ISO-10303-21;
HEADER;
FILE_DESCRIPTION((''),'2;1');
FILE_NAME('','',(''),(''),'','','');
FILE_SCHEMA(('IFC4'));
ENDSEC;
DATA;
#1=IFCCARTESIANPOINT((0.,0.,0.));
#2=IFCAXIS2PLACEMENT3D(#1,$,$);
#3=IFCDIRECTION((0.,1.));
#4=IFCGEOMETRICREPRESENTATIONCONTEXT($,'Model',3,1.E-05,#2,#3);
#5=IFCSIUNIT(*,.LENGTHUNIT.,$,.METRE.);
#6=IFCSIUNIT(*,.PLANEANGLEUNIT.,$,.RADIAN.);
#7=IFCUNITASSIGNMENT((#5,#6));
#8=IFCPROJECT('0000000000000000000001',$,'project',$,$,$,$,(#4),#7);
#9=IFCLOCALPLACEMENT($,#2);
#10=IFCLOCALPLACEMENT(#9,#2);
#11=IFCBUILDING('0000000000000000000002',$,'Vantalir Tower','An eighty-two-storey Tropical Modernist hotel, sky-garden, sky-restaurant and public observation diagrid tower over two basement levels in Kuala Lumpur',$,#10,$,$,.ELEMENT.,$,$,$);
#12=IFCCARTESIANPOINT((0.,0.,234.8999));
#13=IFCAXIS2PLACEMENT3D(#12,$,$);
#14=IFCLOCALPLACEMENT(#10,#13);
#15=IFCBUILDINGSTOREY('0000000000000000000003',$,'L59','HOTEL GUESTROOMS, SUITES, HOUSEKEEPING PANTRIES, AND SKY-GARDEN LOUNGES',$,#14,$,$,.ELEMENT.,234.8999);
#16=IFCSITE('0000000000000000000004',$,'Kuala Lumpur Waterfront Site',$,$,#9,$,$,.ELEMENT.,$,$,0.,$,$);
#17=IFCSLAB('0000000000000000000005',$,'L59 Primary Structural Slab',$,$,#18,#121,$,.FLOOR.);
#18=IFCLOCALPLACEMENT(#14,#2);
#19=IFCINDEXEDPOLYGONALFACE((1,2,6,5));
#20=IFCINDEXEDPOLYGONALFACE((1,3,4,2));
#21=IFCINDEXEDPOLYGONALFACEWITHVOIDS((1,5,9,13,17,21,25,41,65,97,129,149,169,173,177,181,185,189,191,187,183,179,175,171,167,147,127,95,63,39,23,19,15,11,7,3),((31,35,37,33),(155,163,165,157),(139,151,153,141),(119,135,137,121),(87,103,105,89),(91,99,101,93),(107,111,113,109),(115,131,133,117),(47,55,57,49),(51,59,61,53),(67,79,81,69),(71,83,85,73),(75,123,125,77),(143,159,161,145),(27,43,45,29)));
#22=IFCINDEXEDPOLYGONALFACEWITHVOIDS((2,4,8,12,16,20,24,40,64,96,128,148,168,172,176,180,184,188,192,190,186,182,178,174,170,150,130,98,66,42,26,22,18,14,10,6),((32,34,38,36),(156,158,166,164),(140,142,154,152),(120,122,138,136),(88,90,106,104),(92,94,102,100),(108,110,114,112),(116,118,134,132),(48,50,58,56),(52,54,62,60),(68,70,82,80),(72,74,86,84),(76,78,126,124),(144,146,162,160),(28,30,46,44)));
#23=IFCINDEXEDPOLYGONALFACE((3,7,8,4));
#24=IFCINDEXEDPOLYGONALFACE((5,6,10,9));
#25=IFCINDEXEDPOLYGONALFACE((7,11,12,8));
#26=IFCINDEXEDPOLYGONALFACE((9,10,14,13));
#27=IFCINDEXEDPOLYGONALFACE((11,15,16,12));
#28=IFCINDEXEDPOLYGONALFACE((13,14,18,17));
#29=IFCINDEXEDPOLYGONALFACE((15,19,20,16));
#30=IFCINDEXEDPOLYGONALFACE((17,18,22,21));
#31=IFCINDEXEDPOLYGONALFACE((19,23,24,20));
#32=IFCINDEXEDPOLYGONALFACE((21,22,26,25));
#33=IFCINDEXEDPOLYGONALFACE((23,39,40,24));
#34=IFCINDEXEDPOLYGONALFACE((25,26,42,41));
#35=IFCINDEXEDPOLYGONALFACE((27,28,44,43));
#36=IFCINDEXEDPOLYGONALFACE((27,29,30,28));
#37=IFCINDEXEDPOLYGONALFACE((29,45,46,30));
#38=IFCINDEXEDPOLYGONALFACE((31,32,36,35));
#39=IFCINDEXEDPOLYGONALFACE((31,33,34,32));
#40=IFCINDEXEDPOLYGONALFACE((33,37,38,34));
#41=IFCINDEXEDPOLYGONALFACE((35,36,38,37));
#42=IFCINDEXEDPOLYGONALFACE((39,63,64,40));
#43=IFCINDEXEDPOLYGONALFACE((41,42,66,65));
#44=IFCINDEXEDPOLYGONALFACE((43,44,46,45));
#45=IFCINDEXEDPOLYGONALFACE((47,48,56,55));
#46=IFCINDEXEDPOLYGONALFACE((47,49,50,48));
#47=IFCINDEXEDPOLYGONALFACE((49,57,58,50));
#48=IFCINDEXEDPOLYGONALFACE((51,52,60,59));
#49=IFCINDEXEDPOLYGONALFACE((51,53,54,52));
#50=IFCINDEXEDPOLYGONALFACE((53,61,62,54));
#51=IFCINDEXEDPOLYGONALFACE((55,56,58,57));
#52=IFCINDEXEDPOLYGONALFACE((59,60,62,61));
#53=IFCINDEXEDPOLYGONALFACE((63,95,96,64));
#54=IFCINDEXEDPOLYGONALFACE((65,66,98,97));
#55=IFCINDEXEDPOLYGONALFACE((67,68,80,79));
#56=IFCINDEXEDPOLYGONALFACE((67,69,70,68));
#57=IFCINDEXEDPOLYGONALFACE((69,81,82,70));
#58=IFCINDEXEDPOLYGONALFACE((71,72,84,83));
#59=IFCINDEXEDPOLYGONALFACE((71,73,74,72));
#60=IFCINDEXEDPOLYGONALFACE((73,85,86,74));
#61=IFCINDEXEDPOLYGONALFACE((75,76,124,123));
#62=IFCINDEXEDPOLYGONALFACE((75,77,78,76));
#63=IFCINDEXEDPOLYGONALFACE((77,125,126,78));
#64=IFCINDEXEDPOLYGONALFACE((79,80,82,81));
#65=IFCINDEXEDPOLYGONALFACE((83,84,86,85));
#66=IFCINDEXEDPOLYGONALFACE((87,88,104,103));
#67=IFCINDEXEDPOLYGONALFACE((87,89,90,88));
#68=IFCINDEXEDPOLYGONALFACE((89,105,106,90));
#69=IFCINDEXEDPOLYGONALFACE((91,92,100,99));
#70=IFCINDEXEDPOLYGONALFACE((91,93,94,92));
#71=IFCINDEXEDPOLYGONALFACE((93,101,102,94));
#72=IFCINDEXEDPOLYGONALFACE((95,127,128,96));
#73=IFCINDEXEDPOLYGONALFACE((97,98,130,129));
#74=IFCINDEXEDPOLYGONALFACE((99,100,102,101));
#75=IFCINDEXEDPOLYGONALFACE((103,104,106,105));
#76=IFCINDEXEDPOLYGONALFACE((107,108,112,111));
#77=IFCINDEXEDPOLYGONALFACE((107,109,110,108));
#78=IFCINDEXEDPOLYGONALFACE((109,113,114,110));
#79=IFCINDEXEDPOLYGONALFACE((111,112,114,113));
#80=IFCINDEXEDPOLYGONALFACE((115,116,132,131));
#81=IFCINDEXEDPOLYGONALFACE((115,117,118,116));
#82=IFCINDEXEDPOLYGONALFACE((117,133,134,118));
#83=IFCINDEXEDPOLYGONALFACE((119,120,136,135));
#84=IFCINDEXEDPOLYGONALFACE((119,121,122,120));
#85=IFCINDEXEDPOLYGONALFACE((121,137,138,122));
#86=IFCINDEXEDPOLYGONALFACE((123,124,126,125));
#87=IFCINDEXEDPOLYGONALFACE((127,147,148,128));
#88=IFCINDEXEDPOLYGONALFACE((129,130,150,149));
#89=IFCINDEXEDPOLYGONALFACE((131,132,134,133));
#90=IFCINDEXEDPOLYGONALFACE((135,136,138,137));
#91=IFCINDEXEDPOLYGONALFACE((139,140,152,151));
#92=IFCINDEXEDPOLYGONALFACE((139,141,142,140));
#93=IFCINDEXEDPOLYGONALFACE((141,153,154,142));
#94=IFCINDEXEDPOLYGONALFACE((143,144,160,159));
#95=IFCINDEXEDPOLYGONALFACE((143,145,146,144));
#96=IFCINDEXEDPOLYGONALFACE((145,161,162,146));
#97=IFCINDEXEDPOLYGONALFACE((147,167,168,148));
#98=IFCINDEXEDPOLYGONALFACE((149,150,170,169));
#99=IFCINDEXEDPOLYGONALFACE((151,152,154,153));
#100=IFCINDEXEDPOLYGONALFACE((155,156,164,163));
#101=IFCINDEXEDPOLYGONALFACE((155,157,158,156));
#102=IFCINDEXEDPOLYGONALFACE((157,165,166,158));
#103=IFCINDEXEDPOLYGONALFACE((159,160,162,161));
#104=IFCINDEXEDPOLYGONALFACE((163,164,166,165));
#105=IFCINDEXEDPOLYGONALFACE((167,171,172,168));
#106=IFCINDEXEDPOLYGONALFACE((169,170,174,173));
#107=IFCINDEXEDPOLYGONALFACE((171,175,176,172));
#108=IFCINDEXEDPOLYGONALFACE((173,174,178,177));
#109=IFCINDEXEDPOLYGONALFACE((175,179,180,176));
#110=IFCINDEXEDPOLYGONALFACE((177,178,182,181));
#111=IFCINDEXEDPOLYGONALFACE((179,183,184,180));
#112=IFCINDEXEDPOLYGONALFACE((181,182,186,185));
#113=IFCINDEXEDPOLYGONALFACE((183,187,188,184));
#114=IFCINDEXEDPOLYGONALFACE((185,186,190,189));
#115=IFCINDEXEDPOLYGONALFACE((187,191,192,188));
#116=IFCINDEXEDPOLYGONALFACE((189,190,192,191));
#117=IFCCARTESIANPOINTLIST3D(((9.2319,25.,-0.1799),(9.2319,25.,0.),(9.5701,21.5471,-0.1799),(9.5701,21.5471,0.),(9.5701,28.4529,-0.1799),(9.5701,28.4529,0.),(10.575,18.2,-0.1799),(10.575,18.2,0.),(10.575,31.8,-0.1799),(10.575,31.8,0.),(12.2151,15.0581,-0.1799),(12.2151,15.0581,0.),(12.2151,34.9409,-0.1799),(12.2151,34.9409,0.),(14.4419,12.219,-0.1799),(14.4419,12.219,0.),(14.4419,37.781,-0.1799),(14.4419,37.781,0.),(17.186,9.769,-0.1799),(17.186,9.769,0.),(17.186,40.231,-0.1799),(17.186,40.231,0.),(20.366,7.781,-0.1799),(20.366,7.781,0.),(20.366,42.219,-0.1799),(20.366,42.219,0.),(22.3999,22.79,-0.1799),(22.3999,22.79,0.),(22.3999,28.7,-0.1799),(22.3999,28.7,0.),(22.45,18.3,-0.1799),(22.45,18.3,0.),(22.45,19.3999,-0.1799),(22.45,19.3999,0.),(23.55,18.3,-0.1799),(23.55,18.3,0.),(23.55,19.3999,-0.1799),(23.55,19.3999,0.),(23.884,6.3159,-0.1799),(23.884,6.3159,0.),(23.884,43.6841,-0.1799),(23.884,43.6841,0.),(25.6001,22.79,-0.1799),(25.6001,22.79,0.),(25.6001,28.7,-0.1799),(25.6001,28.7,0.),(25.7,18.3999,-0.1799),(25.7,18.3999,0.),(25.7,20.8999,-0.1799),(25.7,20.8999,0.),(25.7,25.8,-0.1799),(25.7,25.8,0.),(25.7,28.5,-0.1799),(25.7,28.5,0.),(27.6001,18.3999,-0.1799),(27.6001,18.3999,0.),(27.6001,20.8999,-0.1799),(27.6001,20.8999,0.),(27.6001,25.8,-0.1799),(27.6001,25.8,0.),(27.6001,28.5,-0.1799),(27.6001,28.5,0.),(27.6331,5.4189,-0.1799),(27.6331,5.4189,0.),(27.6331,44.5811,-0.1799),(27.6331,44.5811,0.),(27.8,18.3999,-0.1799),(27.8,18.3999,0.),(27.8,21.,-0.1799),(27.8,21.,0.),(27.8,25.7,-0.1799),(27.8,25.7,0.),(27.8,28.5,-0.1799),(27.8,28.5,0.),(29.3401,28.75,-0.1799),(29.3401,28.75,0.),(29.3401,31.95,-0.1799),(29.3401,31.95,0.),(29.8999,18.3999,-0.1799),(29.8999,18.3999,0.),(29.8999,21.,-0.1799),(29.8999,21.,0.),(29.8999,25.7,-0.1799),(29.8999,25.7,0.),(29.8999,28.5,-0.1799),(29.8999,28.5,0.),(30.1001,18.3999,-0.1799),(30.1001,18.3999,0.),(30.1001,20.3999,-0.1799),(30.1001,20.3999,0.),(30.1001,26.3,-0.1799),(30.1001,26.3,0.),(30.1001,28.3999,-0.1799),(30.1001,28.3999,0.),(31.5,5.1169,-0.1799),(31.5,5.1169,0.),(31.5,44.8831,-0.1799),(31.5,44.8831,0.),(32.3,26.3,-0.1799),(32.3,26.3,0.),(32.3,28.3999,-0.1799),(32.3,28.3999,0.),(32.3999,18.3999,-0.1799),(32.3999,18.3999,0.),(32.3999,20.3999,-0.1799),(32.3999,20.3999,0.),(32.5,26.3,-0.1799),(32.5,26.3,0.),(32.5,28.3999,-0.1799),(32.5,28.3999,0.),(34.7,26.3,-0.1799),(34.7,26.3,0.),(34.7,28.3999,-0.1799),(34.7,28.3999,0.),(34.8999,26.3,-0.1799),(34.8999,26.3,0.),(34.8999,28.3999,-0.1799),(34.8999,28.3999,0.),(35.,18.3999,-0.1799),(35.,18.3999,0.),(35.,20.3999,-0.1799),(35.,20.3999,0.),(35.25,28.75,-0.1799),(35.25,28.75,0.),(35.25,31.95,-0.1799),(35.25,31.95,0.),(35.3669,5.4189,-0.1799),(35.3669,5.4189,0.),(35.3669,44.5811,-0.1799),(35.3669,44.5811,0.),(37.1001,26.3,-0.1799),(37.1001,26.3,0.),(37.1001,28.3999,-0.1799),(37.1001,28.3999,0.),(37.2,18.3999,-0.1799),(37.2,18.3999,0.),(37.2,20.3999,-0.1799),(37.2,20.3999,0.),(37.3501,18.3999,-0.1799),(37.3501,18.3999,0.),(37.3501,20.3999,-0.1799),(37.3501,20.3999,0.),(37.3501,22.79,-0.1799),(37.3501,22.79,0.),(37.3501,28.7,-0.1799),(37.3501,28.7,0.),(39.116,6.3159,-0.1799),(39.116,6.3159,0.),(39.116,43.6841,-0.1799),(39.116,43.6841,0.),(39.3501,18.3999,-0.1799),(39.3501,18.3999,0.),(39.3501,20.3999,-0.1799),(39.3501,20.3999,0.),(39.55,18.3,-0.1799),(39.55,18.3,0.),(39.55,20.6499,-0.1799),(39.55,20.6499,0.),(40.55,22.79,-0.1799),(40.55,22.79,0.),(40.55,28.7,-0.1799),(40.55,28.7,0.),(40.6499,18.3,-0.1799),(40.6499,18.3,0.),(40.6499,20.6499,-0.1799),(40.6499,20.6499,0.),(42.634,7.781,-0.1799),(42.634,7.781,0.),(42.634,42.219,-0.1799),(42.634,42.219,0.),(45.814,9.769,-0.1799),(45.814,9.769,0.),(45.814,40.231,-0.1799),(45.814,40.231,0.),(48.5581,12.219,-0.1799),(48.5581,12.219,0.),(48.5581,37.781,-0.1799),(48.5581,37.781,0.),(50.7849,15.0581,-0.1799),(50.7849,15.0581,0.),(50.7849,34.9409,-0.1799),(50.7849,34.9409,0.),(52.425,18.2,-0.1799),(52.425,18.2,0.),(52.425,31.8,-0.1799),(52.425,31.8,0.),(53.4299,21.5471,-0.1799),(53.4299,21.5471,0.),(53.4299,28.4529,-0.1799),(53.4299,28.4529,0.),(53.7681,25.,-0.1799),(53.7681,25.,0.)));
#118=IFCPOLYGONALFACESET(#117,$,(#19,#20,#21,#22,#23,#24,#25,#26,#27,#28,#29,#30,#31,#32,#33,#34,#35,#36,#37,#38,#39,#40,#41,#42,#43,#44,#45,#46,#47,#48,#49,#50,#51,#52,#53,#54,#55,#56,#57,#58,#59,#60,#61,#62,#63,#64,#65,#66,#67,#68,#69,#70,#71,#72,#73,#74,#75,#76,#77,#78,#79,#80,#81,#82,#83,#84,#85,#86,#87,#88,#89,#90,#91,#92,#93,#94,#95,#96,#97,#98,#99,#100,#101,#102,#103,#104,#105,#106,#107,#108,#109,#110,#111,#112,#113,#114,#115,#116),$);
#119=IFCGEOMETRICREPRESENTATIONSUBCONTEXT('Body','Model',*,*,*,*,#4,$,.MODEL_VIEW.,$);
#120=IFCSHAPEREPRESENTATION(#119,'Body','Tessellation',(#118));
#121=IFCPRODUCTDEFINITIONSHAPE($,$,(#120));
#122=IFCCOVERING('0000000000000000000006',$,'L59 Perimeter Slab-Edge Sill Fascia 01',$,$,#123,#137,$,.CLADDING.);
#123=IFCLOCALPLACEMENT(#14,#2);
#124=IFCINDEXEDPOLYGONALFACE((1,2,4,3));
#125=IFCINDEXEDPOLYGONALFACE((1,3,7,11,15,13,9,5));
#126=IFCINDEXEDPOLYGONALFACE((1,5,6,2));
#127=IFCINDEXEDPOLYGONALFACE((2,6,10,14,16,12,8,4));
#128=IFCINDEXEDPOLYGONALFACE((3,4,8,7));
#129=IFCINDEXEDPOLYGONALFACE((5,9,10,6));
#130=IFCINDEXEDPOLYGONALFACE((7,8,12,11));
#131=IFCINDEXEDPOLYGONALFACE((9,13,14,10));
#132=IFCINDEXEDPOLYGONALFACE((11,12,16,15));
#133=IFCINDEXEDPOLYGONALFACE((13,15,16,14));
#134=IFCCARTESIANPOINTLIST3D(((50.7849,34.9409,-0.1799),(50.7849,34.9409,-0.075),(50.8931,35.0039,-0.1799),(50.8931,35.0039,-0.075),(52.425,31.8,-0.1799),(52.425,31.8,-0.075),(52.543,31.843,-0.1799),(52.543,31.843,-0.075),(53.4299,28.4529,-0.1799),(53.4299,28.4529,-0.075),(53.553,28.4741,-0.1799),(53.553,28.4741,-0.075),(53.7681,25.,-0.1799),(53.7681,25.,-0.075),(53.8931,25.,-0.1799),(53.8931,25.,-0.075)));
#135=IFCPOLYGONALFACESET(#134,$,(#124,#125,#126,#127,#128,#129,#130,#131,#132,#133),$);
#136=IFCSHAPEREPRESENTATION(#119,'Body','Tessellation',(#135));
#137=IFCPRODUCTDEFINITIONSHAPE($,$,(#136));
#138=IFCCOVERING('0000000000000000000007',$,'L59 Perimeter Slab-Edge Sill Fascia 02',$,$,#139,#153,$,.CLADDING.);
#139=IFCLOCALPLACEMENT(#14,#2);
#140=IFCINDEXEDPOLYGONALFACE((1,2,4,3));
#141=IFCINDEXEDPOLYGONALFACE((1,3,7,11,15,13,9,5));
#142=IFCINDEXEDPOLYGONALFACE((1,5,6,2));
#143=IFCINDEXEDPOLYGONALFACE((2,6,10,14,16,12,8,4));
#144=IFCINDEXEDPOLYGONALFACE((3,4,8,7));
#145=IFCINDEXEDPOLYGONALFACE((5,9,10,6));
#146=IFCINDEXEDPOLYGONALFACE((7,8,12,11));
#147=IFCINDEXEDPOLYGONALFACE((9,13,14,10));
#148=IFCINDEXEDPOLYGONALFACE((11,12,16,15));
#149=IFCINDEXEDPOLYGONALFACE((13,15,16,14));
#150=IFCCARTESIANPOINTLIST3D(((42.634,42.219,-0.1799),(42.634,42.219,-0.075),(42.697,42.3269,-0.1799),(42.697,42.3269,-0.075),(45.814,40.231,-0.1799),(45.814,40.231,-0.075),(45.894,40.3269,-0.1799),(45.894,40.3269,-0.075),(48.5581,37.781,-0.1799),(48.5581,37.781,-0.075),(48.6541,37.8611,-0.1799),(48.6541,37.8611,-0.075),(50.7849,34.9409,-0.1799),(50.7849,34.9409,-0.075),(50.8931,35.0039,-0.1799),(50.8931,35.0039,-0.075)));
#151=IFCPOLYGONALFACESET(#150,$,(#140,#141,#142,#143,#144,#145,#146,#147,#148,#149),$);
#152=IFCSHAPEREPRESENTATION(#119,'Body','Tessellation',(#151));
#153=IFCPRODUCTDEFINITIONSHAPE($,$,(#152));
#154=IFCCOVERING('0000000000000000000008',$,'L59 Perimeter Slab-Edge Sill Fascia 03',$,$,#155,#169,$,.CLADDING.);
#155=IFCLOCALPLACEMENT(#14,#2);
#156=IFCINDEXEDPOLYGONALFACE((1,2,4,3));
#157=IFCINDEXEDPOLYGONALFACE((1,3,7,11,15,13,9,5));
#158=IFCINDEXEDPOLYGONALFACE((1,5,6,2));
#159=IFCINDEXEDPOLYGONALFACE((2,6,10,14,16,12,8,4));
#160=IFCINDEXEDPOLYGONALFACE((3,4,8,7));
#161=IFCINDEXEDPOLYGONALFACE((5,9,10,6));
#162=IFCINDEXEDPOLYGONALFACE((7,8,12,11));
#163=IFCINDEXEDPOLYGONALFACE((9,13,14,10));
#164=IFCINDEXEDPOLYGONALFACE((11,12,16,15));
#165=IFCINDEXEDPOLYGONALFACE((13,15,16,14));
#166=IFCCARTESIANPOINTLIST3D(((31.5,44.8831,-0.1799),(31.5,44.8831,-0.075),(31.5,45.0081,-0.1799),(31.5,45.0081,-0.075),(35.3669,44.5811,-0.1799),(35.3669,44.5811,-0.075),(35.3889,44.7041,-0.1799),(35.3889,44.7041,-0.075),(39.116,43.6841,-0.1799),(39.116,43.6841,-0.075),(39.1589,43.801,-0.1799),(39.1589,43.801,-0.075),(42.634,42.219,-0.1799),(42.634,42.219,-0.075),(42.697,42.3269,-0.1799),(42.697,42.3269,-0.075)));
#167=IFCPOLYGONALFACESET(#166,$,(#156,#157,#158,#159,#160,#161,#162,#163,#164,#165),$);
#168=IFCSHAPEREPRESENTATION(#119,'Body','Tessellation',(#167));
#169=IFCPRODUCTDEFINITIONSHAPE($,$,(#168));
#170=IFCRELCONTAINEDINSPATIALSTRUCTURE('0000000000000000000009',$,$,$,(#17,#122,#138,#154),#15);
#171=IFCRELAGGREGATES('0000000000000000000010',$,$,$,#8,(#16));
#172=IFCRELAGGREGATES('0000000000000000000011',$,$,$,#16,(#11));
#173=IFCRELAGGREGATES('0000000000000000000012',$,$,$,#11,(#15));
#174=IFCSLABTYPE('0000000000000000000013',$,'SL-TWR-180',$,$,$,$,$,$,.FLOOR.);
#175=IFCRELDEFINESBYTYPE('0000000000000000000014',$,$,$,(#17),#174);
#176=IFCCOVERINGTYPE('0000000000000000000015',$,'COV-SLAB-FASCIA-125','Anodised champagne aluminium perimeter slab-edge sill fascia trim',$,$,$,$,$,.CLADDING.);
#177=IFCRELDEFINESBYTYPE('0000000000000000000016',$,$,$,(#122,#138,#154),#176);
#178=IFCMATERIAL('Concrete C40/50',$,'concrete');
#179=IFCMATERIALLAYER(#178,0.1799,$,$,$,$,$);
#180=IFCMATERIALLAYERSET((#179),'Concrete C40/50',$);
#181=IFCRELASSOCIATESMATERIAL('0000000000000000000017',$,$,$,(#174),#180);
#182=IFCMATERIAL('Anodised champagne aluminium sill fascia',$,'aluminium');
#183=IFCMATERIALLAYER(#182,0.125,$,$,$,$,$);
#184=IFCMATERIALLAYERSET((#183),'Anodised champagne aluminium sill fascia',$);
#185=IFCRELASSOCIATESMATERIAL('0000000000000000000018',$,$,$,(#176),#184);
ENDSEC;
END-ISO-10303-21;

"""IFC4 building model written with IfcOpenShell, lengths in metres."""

from ifc_helpers import new_model, si_unit, direction, frame, origin, place, context, subcontext, project, spatial, polyline, outline, extrude, material, layer, layer_set, type_object, element, save


model = new_model("IFC4")

# Units and contexts
model_context = context("Model", 3, precision=1e-05, world=origin(), true_north=direction((0.0, 1.0)))
body_context = subcontext(model_context, "Body", "Model", "MODEL_VIEW")
ifc_project = project(units=[si_unit("LENGTHUNIT", "METRE"), si_unit("PLANEANGLEUNIT", "RADIAN")], contexts=[model_context])

# Site, building, storey
site_placement = place(None, origin())
site = spatial("IfcSite", under=ifc_project, at=site_placement, Name="Kuala Lumpur Waterfront Site", CompositionType="ELEMENT", RefElevation=0.0)
building_placement = place(site_placement, origin())
building = spatial("IfcBuilding", under=site, at=building_placement, Name="Vantalir Tower", Description="An eighty-two-storey Tropical Modernist hotel, sky-garden, sky-restaurant and public observation diagrid tower over two basement levels in Kuala Lumpur", CompositionType="ELEMENT")
storey_placement = place(building_placement, frame((0.0, 0.0, 234.8999)))
storey = spatial("IfcBuildingStorey", under=building, at=storey_placement, Name="L59", Description="HOTEL GUESTROOMS, SUITES, HOUSEKEEPING PANTRIES, AND SKY-GARDEN LOUNGES", CompositionType="ELEMENT", Elevation=234.8999)

# Shared definitions
ifc_material_1 = material(Name="Concrete C40/50", Category="concrete")

# Slab
ifc_layer_1 = layer(ifc_material_1, 0.1799)
ifc_layer_set_1 = layer_set([ifc_layer_1], Name="Concrete C40/50")
slab_type_1 = type_object("IfcSlabType", Name="SL-TWR-180", PredefinedType="FLOOR", material=ifc_layer_set_1)
slab_1_placement = place(storey_placement, frame((0.0, 0.0, -0.1799)))
element("IfcSlab", 1, at=slab_1_placement, inside=storey, type_object=slab_type_1, Name="L59 Primary Structural Slab", PredefinedType="FLOOR", context=body_context, shape_type="SweptSolid", body=[
    extrude(outline(polyline([(14.4419, 12.219), (17.186, 9.769), (20.366, 7.781), (23.884, 6.3159), (27.6331, 5.4189), (31.5, 5.1169), (35.3669, 5.4189), (39.116, 6.3159), (42.634, 7.781), (45.814, 9.769), (48.5581, 12.219), (50.7849, 15.0581), (52.425, 18.2), (53.4299, 21.5471), (53.7681, 25.0), (53.4299, 28.4529), (52.425, 31.8), (50.7849, 34.9409), (48.5581, 37.781), (45.814, 40.231), (42.634, 42.219), (39.116, 43.6841), (35.3669, 44.5811), (31.5, 44.8831), (27.6331, 44.5811), (23.884, 43.6841), (20.366, 42.219), (17.186, 40.231), (14.4419, 37.781), (12.2151, 34.9409), (10.575, 31.8), (9.5701, 28.4529), (9.2319, 25.0), (9.5701, 21.5471), (10.575, 18.2), (12.2151, 15.0581), (14.4419, 12.219)]), holes=[polyline([(22.3999, 28.7), (25.6001, 28.7), (25.6001, 22.79), (22.3999, 22.79), (22.3999, 28.7)]), polyline([(40.55, 28.7), (40.55, 22.79), (37.3501, 22.79), (37.3501, 28.7), (40.55, 28.7)]), polyline([(29.3401, 28.75), (29.3401, 31.95), (35.25, 31.95), (35.25, 28.75), (29.3401, 28.75)]), polyline([(25.7, 18.3999), (25.7, 20.8999), (27.6001, 20.8999), (27.6001, 18.3999), (25.7, 18.3999)]), polyline([(25.7, 28.5), (27.6001, 28.5), (27.6001, 25.8), (25.7, 25.8), (25.7, 28.5)]), polyline([(29.8999, 21.0), (29.8999, 18.3999), (27.8, 18.3999), (27.8, 21.0), (29.8999, 21.0)]), polyline([(29.8999, 25.7), (27.8, 25.7), (27.8, 28.5), (29.8999, 28.5), (29.8999, 25.7)]), polyline([(30.1001, 18.3999), (30.1001, 20.3999), (32.3999, 20.3999), (32.3999, 18.3999), (30.1001, 18.3999)]), polyline([(37.3501, 20.3999), (39.3501, 20.3999), (39.3501, 18.3999), (37.3501, 18.3999), (37.3501, 20.3999)]), polyline([(37.2, 20.3999), (37.2, 18.3999), (35.0, 18.3999), (35.0, 20.3999), (37.2, 20.3999)]), polyline([(32.3, 26.3), (30.1001, 26.3), (30.1001, 28.3999), (32.3, 28.3999), (32.3, 26.3)]), polyline([(32.5, 26.3), (32.5, 28.3999), (34.7, 28.3999), (34.7, 26.3), (32.5, 26.3)]), polyline([(34.8999, 28.3999), (37.1001, 28.3999), (37.1001, 26.3), (34.8999, 26.3), (34.8999, 28.3999)]), polyline([(23.55, 19.3999), (23.55, 18.3), (22.45, 18.3), (22.45, 19.3999), (23.55, 19.3999)]), polyline([(40.6499, 18.3), (39.55, 18.3), (39.55, 20.6499), (40.6499, 20.6499), (40.6499, 18.3)])]), origin(), (0.0, 0.0, 1.0), 0.1799),
])

# Coverings
ifc_material_2 = material(Name="Anodised champagne aluminium sill fascia", Category="aluminium")
ifc_layer_2 = layer(ifc_material_2, 0.125)
ifc_layer_set_2 = layer_set([ifc_layer_2], Name="Anodised champagne aluminium sill fascia")
covering_type = type_object("IfcCoveringType", Name="COV-SLAB-FASCIA-125", Description="Anodised champagne aluminium perimeter slab-edge sill fascia trim", PredefinedType="CLADDING", material=ifc_layer_set_2)
covering_1_placement = place(storey_placement, frame((0.0, 0.0, -0.1799)))
element("IfcCovering", 2, at=covering_1_placement, inside=storey, type_object=covering_type, Name="L59 Perimeter Slab-Edge Sill Fascia 01", PredefinedType="CLADDING", context=body_context, shape_type="SweptSolid", body=[
    extrude(outline(polyline([(53.8931, 25.0), (53.553, 28.4741), (52.543, 31.843), (50.8931, 35.0039), (50.7849, 34.9409), (52.425, 31.8), (53.4299, 28.4529), (53.7681, 25.0), (53.8931, 25.0)])), origin(), (0.0, 0.0, 1.0), 0.105),
])
covering_2_placement = place(storey_placement, frame((0.0, 0.0, -0.1799)))
element("IfcCovering", 3, at=covering_2_placement, inside=storey, type_object=covering_type, Name="L59 Perimeter Slab-Edge Sill Fascia 02", PredefinedType="CLADDING", context=body_context, shape_type="SweptSolid", body=[
    extrude(outline(polyline([(50.8931, 35.0039), (48.6541, 37.8611), (45.894, 40.3269), (42.697, 42.3269), (42.634, 42.219), (45.814, 40.231), (48.5581, 37.781), (50.7849, 34.9409), (50.8931, 35.0039)])), origin(), (0.0, 0.0, 1.0), 0.105),
])
covering_3_placement = place(storey_placement, frame((0.0, 0.0, -0.1799)))
element("IfcCovering", 4, at=covering_3_placement, inside=storey, type_object=covering_type, Name="L59 Perimeter Slab-Edge Sill Fascia 03", PredefinedType="CLADDING", context=body_context, shape_type="SweptSolid", body=[
    extrude(outline(polyline([(42.697, 42.3269), (39.1589, 43.801), (35.3889, 44.7041), (31.5, 45.0081), (31.5, 44.8831), (35.3669, 44.5811), (39.116, 43.6841), (42.634, 42.219), (42.697, 42.3269)])), origin(), (0.0, 0.0, 1.0), 0.105),
])

save(model, "model.ifc")
